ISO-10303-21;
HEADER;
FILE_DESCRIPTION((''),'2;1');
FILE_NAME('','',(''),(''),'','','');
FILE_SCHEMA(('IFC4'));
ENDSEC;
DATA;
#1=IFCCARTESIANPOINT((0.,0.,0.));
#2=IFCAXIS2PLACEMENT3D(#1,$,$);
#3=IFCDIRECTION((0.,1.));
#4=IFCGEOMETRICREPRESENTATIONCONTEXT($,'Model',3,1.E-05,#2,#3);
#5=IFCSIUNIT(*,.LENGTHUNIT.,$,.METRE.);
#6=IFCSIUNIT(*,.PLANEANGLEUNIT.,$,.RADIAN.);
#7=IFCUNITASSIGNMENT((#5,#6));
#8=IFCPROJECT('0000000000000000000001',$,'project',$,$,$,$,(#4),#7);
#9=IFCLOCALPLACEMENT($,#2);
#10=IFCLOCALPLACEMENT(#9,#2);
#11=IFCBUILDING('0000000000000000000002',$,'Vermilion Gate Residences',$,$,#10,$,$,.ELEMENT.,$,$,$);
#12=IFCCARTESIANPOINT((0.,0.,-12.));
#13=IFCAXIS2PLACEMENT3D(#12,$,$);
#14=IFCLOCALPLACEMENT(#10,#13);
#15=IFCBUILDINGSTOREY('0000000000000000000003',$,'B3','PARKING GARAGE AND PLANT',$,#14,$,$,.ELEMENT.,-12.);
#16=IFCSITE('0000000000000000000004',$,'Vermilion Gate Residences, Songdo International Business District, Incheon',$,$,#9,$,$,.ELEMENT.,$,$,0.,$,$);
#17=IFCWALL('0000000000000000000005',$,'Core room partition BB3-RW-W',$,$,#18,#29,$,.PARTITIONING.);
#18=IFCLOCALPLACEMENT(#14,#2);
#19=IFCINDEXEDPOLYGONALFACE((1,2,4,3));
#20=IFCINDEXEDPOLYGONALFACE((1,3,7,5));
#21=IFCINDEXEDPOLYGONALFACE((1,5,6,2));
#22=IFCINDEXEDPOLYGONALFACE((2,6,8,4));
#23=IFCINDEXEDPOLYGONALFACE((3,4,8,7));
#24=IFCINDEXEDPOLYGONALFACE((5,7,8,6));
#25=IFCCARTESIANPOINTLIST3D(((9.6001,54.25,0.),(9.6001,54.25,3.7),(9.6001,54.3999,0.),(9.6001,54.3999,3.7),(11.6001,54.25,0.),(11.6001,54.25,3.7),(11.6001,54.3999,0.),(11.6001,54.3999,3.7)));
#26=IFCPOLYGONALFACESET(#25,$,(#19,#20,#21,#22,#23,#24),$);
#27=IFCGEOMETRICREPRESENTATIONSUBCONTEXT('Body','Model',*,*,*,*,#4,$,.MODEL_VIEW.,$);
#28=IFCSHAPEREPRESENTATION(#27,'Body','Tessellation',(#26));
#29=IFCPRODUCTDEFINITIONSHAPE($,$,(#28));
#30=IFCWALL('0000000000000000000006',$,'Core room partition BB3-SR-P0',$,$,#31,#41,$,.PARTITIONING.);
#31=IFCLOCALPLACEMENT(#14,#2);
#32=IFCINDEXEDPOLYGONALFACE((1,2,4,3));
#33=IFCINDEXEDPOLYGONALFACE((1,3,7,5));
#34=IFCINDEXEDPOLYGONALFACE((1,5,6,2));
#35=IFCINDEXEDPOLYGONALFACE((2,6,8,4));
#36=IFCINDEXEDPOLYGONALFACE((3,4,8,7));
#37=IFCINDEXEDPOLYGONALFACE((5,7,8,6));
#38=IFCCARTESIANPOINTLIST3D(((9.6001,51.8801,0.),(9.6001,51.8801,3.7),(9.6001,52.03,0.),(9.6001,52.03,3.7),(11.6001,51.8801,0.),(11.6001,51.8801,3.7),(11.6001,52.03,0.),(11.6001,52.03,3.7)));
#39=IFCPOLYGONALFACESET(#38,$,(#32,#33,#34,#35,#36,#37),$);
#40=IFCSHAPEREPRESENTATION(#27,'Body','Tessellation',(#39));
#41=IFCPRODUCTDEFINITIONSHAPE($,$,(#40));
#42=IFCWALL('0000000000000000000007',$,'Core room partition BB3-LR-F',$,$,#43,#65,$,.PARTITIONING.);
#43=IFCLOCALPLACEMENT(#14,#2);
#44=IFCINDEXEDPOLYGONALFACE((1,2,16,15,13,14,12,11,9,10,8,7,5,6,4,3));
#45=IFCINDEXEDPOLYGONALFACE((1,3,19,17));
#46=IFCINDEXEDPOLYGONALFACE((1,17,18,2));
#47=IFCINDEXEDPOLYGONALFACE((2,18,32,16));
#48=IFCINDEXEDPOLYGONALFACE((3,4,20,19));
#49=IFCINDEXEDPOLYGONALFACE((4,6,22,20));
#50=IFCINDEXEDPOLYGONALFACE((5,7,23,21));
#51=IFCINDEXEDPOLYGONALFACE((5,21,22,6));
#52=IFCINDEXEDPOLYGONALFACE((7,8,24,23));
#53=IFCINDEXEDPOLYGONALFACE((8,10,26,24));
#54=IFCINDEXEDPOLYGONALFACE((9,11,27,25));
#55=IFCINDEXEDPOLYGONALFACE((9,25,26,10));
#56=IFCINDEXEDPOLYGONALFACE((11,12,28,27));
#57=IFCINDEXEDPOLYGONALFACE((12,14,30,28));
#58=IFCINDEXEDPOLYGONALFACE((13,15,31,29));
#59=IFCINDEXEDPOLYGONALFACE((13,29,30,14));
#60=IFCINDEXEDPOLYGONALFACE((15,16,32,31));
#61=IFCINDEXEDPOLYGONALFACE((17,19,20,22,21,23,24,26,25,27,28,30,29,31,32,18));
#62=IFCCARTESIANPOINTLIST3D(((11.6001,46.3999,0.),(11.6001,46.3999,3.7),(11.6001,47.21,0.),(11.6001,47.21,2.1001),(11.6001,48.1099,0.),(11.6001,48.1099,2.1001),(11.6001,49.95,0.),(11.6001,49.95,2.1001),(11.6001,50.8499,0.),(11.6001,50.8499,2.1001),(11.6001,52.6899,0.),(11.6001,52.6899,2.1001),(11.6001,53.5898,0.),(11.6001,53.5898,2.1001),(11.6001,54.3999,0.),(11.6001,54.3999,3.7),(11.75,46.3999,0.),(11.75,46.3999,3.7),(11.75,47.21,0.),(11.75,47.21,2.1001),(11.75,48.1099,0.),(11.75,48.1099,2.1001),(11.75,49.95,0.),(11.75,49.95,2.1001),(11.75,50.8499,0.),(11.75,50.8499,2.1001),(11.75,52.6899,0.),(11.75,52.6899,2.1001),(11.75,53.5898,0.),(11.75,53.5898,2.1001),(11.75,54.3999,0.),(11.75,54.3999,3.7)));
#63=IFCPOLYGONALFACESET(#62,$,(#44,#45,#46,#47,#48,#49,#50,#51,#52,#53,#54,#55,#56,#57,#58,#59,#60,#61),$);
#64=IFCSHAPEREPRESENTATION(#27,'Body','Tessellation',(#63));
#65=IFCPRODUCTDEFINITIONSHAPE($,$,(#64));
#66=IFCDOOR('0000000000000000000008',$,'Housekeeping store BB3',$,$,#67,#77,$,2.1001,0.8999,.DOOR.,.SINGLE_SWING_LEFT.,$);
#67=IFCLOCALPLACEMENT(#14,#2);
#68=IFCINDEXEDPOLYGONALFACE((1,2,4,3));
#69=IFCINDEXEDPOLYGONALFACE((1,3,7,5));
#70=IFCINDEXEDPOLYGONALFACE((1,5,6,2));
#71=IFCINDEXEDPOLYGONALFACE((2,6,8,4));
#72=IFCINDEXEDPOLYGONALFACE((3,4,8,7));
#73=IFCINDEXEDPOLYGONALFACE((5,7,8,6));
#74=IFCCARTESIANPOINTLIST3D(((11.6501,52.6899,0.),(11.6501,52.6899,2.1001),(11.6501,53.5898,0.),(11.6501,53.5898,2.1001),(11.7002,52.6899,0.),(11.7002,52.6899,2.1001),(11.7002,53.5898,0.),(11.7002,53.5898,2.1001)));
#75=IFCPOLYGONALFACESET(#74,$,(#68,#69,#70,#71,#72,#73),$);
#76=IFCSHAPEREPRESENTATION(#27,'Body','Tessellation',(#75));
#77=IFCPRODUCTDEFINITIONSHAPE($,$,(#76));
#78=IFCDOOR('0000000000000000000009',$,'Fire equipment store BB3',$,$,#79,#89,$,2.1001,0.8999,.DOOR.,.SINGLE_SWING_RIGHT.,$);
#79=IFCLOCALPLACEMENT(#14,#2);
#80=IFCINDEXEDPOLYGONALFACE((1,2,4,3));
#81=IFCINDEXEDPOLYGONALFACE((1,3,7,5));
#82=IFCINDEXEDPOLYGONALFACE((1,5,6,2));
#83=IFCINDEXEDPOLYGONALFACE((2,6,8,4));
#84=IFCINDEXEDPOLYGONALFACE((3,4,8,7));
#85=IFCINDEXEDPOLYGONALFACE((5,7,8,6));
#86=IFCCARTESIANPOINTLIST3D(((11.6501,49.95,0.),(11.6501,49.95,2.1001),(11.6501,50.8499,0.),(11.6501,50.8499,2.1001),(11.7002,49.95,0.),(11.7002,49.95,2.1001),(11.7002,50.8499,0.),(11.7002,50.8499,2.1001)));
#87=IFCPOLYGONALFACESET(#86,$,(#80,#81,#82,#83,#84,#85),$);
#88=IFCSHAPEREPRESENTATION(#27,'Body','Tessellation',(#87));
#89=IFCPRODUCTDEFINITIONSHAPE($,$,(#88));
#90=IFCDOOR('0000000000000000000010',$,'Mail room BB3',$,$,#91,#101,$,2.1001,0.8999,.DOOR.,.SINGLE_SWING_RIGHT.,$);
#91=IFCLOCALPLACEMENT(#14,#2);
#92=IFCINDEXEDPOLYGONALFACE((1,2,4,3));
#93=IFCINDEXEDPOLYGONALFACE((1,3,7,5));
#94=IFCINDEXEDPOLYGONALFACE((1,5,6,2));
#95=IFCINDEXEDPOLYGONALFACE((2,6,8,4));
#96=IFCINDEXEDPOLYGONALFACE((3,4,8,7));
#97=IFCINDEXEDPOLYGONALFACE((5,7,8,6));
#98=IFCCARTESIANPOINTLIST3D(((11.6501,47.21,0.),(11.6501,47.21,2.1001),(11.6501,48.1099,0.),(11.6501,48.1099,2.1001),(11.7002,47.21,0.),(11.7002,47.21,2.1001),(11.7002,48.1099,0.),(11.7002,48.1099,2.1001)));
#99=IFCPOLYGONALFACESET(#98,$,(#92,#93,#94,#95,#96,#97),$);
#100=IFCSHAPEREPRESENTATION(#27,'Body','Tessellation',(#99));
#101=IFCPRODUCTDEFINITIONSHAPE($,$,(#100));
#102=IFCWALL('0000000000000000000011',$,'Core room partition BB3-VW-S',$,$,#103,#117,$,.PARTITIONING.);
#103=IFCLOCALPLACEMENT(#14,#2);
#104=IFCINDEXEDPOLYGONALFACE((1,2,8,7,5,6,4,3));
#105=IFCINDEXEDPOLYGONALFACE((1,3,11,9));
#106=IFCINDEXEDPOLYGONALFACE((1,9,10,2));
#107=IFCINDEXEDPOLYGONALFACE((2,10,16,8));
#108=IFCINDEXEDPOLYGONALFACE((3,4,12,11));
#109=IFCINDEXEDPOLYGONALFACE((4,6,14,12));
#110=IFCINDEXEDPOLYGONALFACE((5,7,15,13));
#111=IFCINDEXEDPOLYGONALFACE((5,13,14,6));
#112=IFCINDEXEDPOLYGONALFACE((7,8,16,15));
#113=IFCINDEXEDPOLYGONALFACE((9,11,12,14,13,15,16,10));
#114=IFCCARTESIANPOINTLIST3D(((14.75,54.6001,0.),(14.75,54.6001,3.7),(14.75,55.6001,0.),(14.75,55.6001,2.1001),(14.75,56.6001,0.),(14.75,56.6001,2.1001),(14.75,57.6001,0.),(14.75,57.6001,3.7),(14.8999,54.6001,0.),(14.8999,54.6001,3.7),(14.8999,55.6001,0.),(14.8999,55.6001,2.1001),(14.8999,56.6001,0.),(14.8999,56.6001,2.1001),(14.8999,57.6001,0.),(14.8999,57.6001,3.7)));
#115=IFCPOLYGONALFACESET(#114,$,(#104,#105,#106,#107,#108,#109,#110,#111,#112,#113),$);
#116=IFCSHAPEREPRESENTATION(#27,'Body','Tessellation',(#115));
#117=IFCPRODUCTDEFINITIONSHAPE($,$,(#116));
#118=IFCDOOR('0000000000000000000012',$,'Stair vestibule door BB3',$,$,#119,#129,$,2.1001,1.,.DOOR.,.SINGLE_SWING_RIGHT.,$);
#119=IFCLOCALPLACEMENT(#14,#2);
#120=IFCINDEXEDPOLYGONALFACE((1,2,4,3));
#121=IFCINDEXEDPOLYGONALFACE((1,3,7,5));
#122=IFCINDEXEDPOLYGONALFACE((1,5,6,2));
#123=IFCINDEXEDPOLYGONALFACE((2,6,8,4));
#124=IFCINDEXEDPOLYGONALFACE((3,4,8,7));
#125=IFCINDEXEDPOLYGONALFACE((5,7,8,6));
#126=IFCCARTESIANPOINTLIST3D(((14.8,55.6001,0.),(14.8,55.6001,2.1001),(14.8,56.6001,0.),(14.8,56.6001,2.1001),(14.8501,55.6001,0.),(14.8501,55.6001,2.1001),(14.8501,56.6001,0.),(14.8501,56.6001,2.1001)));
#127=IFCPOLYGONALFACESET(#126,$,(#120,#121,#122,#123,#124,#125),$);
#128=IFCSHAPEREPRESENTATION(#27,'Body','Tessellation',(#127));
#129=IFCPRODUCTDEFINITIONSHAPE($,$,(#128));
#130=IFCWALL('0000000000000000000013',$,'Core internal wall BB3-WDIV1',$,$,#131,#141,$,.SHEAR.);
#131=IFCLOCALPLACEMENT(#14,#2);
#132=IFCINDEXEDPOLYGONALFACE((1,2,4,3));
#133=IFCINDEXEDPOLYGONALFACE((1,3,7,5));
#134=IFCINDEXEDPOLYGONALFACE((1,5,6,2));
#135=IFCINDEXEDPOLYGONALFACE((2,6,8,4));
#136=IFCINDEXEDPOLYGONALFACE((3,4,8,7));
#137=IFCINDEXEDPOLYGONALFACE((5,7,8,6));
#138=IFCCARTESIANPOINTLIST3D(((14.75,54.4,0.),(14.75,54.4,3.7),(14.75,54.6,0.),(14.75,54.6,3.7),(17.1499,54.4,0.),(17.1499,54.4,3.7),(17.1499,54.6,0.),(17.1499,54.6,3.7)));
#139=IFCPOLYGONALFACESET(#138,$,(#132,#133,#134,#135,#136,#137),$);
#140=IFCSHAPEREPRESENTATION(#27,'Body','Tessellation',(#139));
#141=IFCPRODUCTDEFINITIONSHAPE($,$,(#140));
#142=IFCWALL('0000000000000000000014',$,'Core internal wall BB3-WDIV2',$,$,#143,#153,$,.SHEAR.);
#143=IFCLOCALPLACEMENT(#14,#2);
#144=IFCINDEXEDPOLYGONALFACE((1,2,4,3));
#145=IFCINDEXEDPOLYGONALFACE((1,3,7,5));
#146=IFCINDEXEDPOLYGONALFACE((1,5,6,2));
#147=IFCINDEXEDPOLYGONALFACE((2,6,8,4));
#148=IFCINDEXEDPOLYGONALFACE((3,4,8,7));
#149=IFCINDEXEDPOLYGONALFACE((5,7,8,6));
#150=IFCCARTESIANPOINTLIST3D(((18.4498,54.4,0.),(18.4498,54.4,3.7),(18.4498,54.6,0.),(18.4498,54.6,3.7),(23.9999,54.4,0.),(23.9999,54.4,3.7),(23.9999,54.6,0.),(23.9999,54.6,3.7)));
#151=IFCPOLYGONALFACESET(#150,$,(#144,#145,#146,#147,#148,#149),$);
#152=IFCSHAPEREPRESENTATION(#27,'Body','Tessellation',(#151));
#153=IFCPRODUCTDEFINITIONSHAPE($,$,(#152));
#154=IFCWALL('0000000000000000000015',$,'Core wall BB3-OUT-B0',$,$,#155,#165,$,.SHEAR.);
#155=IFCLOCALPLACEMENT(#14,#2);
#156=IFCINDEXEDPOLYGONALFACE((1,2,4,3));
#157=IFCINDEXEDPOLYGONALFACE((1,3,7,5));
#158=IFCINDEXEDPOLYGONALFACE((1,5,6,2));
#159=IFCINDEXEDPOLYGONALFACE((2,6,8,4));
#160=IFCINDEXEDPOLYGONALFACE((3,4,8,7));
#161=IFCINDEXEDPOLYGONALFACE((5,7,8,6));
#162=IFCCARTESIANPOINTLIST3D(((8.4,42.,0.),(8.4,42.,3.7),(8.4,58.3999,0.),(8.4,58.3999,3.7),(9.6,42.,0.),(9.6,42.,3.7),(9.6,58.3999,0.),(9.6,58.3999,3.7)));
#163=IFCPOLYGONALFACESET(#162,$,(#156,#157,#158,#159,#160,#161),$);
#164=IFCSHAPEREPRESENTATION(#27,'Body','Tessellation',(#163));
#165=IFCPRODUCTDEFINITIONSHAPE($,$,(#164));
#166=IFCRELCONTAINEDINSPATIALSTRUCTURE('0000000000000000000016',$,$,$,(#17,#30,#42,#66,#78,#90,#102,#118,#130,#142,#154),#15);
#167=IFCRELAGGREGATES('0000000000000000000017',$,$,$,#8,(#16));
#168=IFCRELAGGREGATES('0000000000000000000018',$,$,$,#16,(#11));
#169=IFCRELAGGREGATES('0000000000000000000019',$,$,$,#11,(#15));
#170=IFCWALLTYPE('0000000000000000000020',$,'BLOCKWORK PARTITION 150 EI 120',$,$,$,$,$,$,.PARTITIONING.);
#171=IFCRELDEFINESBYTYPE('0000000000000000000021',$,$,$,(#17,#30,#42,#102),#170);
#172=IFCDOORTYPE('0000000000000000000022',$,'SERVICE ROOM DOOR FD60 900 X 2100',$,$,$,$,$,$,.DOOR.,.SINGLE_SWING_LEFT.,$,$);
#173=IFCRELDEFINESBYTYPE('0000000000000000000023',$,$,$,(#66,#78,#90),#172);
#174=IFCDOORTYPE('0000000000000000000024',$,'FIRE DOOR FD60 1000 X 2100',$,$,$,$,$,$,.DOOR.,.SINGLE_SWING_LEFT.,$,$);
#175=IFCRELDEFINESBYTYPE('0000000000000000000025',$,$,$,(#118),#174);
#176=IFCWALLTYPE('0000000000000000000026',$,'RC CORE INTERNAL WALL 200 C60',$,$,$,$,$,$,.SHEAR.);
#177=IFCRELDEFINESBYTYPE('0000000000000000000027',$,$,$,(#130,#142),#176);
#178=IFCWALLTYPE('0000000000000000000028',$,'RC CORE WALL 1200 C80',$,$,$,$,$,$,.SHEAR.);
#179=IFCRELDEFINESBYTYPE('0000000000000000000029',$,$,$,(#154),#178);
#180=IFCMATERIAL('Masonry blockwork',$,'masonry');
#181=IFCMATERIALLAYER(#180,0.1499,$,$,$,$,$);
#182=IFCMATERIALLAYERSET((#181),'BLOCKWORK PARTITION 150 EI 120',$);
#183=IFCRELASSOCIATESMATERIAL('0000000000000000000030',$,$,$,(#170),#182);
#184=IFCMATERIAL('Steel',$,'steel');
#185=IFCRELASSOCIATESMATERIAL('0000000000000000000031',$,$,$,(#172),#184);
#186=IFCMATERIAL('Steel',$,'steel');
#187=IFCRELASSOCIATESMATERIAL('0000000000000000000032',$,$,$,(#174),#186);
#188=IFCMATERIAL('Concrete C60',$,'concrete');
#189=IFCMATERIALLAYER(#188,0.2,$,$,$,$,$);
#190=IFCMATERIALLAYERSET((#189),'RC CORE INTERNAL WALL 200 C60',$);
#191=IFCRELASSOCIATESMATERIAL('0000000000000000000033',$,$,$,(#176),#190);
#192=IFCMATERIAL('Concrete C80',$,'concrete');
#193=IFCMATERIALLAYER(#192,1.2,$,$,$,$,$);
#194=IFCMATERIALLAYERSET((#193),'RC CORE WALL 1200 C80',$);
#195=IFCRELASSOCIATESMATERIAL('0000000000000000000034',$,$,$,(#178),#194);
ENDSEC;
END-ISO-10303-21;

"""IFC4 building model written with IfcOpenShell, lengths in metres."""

from ifc_helpers import new_model, si_unit, direction, frame, frame_2d, origin, place, context, subcontext, project, spatial, rectangle, extrude, material, layer, layer_set, type_object, element, fill, save


model = new_model("IFC4")

# Units and contexts
model_context = context("Model", 3, precision=1e-05, world=origin(), true_north=direction((0.0, 1.0)))
body_context = subcontext(model_context, "Body", "Model", "MODEL_VIEW")
ifc_project = project(units=[si_unit("LENGTHUNIT", "METRE"), si_unit("PLANEANGLEUNIT", "RADIAN")], contexts=[model_context])

# Site, building, storey
site_placement = place(None, origin())
site = spatial("IfcSite", under=ifc_project, at=site_placement, Name="Vermilion Gate Residences, Songdo International Business District, Incheon", CompositionType="ELEMENT", RefElevation=0.0)
building_placement = place(site_placement, origin())
building = spatial("IfcBuilding", under=site, at=building_placement, Name="Vermilion Gate Residences", CompositionType="ELEMENT")
storey_placement = place(building_placement, frame((0.0, 0.0, -12.0)))
storey = spatial("IfcBuildingStorey", under=building, at=storey_placement, Name="B3", Description="PARKING GARAGE AND PLANT", CompositionType="ELEMENT", Elevation=-12.0)

# Walls
ifc_material_1 = material(Name="Masonry blockwork", Category="masonry")
ifc_layer_1 = layer(ifc_material_1, 0.1499)
ifc_layer_set_1 = layer_set([ifc_layer_1], Name="BLOCKWORK PARTITION 150 EI 120")
wall_type_1 = type_object("IfcWallType", Name="BLOCKWORK PARTITION 150 EI 120", PredefinedType="PARTITIONING", material=ifc_layer_set_1)
for number, where, z_axis, x_axis, name in (
    (1, (9.6001, 54.325, 0.0), (0.0, 0.0, 1.0), (1.0, 0.0, 0.0), "Core room partition BB3-RW-W"),
    (2, (9.6001, 51.9551, 0.0), (0.0, 0.0, 1.0), (1.0, 0.0, 0.0), "Core room partition BB3-SR-P0"),
):
    element("IfcWall", number, at=place(storey_placement, frame(where, z_axis=z_axis, x_axis=x_axis)), inside=storey, type_object=wall_type_1, Name=name, PredefinedType="PARTITIONING", context=body_context, shape_type="SweptSolid", body=[
        extrude(rectangle(XDim=2.0, YDim=0.1499, at=frame_2d((1.0, 0.0))), origin(), (0.0, 0.0, 1.0), 3.7),
    ])

# Wall, openings, doors
wall_1_placement = place(storey_placement, frame((11.675, 54.3999, 0.0), z_axis=(0.0, 0.0, 1.0), x_axis=(0.0, -1.0, 0.0)))
wall_1 = element("IfcWall", 3, at=wall_1_placement, inside=storey, type_object=wall_type_1, Name="Core room partition BB3-LR-F", PredefinedType="PARTITIONING", context=body_context, shape_type="SweptSolid", body=[
    extrude(rectangle(XDim=8.0, YDim=0.1499, at=frame_2d((4.0, 0.0))), origin(), (0.0, 0.0, 1.0), 3.7),
])
opening_1_placement = place(wall_1_placement, frame((0.8101, 0.0, 0.0)))
opening_1 = element("IfcOpeningElement", 4, at=opening_1_placement, cuts=wall_1, PredefinedType="OPENING", context=body_context, shape_type="SweptSolid", body=[
    extrude(rectangle(XDim=0.8999, YDim=2.1001, at=frame_2d((0.45, 1.05))), frame((0.0, 0.085, 0.0), z_axis=(0.0, -1.0, 0.0), x_axis=(1.0, 0.0, 0.0)), (0.0, 0.0, 1.0), 0.1699),
])
opening_2_placement = place(wall_1_placement, frame((3.55, 0.0, 0.0)))
opening_2 = element("IfcOpeningElement", 5, at=opening_2_placement, cuts=wall_1, PredefinedType="OPENING", context=body_context, shape_type="SweptSolid", body=[
    extrude(rectangle(XDim=0.8999, YDim=2.1001, at=frame_2d((0.45, 1.05))), frame((0.0, 0.085, 0.0), z_axis=(0.0, -1.0, 0.0), x_axis=(1.0, 0.0, 0.0)), (0.0, 0.0, 1.0), 0.1699),
])
opening_3_placement = place(wall_1_placement, frame((6.29, 0.0, 0.0)))
opening_3 = element("IfcOpeningElement", 6, at=opening_3_placement, cuts=wall_1, PredefinedType="OPENING", context=body_context, shape_type="SweptSolid", body=[
    extrude(rectangle(XDim=0.8999, YDim=2.1001, at=frame_2d((0.45, 1.05))), frame((0.0, 0.085, 0.0), z_axis=(0.0, -1.0, 0.0), x_axis=(1.0, 0.0, 0.0)), (0.0, 0.0, 1.0), 0.1699),
])
ifc_material_2 = material(Name="Steel", Category="steel")
door_type_1 = type_object("IfcDoorType", Name="SERVICE ROOM DOOR FD60 900 X 2100", OperationType="SINGLE_SWING_LEFT", PredefinedType="DOOR", material=ifc_material_2)
door_1_placement = place(opening_1_placement, frame((0.8999, 0.0, 0.0), z_axis=(0.0, 0.0, 1.0), x_axis=(-1.0, 0.0, 0.0)))
door_1 = element("IfcDoor", 7, at=door_1_placement, inside=storey, type_object=door_type_1, Name="Housekeeping store BB3", OperationType="SINGLE_SWING_LEFT", OverallHeight=2.1001, OverallWidth=0.8999, PredefinedType="DOOR", context=body_context, shape_type="SweptSolid", body=[
    extrude(rectangle(XDim=0.8999, YDim=2.1001, at=frame_2d((0.45, 1.05))), frame((0.0, 0.0249, 0.0), z_axis=(0.0, -1.0, 0.0), x_axis=(1.0, 0.0, 0.0)), (0.0, 0.0, 1.0), 0.05),
])
fill(opening_1, door_1)
door_2_placement = place(opening_2_placement, frame((0.8999, 0.0, 0.0), z_axis=(0.0, 0.0, 1.0), x_axis=(-1.0, 0.0, 0.0)))
door_2 = element("IfcDoor", 8, at=door_2_placement, inside=storey, type_object=door_type_1, Name="Fire equipment store BB3", OperationType="SINGLE_SWING_RIGHT", OverallHeight=2.1001, OverallWidth=0.8999, PredefinedType="DOOR", context=body_context, shape_type="SweptSolid", body=[
    extrude(rectangle(XDim=0.8999, YDim=2.1001, at=frame_2d((0.45, 1.05))), frame((0.0, 0.0249, 0.0), z_axis=(0.0, -1.0, 0.0), x_axis=(1.0, 0.0, 0.0)), (0.0, 0.0, 1.0), 0.05),
])
fill(opening_2, door_2)
door_3_placement = place(opening_3_placement, frame((0.8999, 0.0, 0.0), z_axis=(0.0, 0.0, 1.0), x_axis=(-1.0, 0.0, 0.0)))
door_3 = element("IfcDoor", 9, at=door_3_placement, inside=storey, type_object=door_type_1, Name="Mail room BB3", OperationType="SINGLE_SWING_RIGHT", OverallHeight=2.1001, OverallWidth=0.8999, PredefinedType="DOOR", context=body_context, shape_type="SweptSolid", body=[
    extrude(rectangle(XDim=0.8999, YDim=2.1001, at=frame_2d((0.45, 1.05))), frame((0.0, 0.0249, 0.0), z_axis=(0.0, -1.0, 0.0), x_axis=(1.0, 0.0, 0.0)), (0.0, 0.0, 1.0), 0.05),
])
fill(opening_3, door_3)

# Wall, opening, door
wall_2_placement = place(storey_placement, frame((14.825, 57.6001, 0.0), z_axis=(0.0, 0.0, 1.0), x_axis=(0.0, -1.0, 0.0)))
wall_2 = element("IfcWall", 10, at=wall_2_placement, inside=storey, type_object=wall_type_1, Name="Core room partition BB3-VW-S", PredefinedType="PARTITIONING", context=body_context, shape_type="SweptSolid", body=[
    extrude(rectangle(XDim=3.0, YDim=0.1499, at=frame_2d((1.5, 0.0))), origin(), (0.0, 0.0, 1.0), 3.7),
])
opening_4_placement = place(wall_2_placement, frame((1.0, 0.0, 0.0)))
opening_4 = element("IfcOpeningElement", 11, at=opening_4_placement, cuts=wall_2, PredefinedType="OPENING", context=body_context, shape_type="SweptSolid", body=[
    extrude(rectangle(XDim=1.0, YDim=2.1001, at=frame_2d((0.5, 1.05))), frame((0.0, 0.085, 0.0), z_axis=(0.0, -1.0, 0.0), x_axis=(1.0, 0.0, 0.0)), (0.0, 0.0, 1.0), 0.1699),
])
ifc_material_3 = material(Name="Steel", Category="steel")
door_type_2 = type_object("IfcDoorType", Name="FIRE DOOR FD60 1000 X 2100", OperationType="SINGLE_SWING_LEFT", PredefinedType="DOOR", material=ifc_material_3)
door_4_placement = place(opening_4_placement, frame((1.0, 0.0, 0.0), z_axis=(0.0, 0.0, 1.0), x_axis=(-1.0, 0.0, 0.0)))
door_4 = element("IfcDoor", 12, at=door_4_placement, inside=storey, type_object=door_type_2, Name="Stair vestibule door BB3", OperationType="SINGLE_SWING_RIGHT", OverallHeight=2.1001, OverallWidth=1.0, PredefinedType="DOOR", context=body_context, shape_type="SweptSolid", body=[
    extrude(rectangle(XDim=1.0, YDim=2.1001, at=frame_2d((0.5, 1.05))), frame((0.0, 0.0249, 0.0), z_axis=(0.0, -1.0, 0.0), x_axis=(1.0, 0.0, 0.0)), (0.0, 0.0, 1.0), 0.05),
])
fill(opening_4, door_4)

# Walls
ifc_material_4 = material(Name="Concrete C60", Category="concrete")
ifc_layer_2 = layer(ifc_material_4, 0.2)
ifc_layer_set_2 = layer_set([ifc_layer_2], Name="RC CORE INTERNAL WALL 200 C60")
wall_type_2 = type_object("IfcWallType", Name="RC CORE INTERNAL WALL 200 C60", PredefinedType="SHEAR", material=ifc_layer_set_2)
wall_3_placement = place(storey_placement, frame((14.75, 54.5, 0.0), z_axis=(0.0, 0.0, 1.0), x_axis=(1.0, 0.0, 0.0)))
element("IfcWall", 13, at=wall_3_placement, inside=storey, type_object=wall_type_2, Name="Core internal wall BB3-WDIV1", PredefinedType="SHEAR", context=body_context, shape_type="SweptSolid", body=[
    extrude(rectangle(XDim=2.3999, YDim=0.2, at=frame_2d((1.2, 0.0))), origin(), (0.0, 0.0, 1.0), 3.7),
])
wall_4_placement = place(storey_placement, frame((18.45, 54.5, 0.0), z_axis=(0.0, 0.0, 1.0), x_axis=(1.0, 0.0, 0.0)))
element("IfcWall", 14, at=wall_4_placement, inside=storey, type_object=wall_type_2, Name="Core internal wall BB3-WDIV2", PredefinedType="SHEAR", context=body_context, shape_type="SweptSolid", body=[
    extrude(rectangle(XDim=5.55, YDim=0.2, at=frame_2d((2.7749, 0.0))), origin(), (0.0, 0.0, 1.0), 3.7),
])
ifc_material_5 = material(Name="Concrete C80", Category="concrete")
ifc_layer_3 = layer(ifc_material_5, 1.2)
ifc_layer_set_3 = layer_set([ifc_layer_3], Name="RC CORE WALL 1200 C80")
wall_type_3 = type_object("IfcWallType", Name="RC CORE WALL 1200 C80", PredefinedType="SHEAR", material=ifc_layer_set_3)
wall_5_placement = place(storey_placement, frame((9.0, 58.3999, 0.0), z_axis=(0.0, 0.0, 1.0), x_axis=(0.0, -1.0, 0.0)))
element("IfcWall", 15, at=wall_5_placement, inside=storey, type_object=wall_type_3, Name="Core wall BB3-OUT-B0", PredefinedType="SHEAR", context=body_context, shape_type="SweptSolid", body=[
    extrude(rectangle(XDim=16.3999, YDim=1.2, at=frame_2d((8.2, 0.0))), origin(), (0.0, 0.0, 1.0), 3.7),
])

save(model, "model.ifc")
